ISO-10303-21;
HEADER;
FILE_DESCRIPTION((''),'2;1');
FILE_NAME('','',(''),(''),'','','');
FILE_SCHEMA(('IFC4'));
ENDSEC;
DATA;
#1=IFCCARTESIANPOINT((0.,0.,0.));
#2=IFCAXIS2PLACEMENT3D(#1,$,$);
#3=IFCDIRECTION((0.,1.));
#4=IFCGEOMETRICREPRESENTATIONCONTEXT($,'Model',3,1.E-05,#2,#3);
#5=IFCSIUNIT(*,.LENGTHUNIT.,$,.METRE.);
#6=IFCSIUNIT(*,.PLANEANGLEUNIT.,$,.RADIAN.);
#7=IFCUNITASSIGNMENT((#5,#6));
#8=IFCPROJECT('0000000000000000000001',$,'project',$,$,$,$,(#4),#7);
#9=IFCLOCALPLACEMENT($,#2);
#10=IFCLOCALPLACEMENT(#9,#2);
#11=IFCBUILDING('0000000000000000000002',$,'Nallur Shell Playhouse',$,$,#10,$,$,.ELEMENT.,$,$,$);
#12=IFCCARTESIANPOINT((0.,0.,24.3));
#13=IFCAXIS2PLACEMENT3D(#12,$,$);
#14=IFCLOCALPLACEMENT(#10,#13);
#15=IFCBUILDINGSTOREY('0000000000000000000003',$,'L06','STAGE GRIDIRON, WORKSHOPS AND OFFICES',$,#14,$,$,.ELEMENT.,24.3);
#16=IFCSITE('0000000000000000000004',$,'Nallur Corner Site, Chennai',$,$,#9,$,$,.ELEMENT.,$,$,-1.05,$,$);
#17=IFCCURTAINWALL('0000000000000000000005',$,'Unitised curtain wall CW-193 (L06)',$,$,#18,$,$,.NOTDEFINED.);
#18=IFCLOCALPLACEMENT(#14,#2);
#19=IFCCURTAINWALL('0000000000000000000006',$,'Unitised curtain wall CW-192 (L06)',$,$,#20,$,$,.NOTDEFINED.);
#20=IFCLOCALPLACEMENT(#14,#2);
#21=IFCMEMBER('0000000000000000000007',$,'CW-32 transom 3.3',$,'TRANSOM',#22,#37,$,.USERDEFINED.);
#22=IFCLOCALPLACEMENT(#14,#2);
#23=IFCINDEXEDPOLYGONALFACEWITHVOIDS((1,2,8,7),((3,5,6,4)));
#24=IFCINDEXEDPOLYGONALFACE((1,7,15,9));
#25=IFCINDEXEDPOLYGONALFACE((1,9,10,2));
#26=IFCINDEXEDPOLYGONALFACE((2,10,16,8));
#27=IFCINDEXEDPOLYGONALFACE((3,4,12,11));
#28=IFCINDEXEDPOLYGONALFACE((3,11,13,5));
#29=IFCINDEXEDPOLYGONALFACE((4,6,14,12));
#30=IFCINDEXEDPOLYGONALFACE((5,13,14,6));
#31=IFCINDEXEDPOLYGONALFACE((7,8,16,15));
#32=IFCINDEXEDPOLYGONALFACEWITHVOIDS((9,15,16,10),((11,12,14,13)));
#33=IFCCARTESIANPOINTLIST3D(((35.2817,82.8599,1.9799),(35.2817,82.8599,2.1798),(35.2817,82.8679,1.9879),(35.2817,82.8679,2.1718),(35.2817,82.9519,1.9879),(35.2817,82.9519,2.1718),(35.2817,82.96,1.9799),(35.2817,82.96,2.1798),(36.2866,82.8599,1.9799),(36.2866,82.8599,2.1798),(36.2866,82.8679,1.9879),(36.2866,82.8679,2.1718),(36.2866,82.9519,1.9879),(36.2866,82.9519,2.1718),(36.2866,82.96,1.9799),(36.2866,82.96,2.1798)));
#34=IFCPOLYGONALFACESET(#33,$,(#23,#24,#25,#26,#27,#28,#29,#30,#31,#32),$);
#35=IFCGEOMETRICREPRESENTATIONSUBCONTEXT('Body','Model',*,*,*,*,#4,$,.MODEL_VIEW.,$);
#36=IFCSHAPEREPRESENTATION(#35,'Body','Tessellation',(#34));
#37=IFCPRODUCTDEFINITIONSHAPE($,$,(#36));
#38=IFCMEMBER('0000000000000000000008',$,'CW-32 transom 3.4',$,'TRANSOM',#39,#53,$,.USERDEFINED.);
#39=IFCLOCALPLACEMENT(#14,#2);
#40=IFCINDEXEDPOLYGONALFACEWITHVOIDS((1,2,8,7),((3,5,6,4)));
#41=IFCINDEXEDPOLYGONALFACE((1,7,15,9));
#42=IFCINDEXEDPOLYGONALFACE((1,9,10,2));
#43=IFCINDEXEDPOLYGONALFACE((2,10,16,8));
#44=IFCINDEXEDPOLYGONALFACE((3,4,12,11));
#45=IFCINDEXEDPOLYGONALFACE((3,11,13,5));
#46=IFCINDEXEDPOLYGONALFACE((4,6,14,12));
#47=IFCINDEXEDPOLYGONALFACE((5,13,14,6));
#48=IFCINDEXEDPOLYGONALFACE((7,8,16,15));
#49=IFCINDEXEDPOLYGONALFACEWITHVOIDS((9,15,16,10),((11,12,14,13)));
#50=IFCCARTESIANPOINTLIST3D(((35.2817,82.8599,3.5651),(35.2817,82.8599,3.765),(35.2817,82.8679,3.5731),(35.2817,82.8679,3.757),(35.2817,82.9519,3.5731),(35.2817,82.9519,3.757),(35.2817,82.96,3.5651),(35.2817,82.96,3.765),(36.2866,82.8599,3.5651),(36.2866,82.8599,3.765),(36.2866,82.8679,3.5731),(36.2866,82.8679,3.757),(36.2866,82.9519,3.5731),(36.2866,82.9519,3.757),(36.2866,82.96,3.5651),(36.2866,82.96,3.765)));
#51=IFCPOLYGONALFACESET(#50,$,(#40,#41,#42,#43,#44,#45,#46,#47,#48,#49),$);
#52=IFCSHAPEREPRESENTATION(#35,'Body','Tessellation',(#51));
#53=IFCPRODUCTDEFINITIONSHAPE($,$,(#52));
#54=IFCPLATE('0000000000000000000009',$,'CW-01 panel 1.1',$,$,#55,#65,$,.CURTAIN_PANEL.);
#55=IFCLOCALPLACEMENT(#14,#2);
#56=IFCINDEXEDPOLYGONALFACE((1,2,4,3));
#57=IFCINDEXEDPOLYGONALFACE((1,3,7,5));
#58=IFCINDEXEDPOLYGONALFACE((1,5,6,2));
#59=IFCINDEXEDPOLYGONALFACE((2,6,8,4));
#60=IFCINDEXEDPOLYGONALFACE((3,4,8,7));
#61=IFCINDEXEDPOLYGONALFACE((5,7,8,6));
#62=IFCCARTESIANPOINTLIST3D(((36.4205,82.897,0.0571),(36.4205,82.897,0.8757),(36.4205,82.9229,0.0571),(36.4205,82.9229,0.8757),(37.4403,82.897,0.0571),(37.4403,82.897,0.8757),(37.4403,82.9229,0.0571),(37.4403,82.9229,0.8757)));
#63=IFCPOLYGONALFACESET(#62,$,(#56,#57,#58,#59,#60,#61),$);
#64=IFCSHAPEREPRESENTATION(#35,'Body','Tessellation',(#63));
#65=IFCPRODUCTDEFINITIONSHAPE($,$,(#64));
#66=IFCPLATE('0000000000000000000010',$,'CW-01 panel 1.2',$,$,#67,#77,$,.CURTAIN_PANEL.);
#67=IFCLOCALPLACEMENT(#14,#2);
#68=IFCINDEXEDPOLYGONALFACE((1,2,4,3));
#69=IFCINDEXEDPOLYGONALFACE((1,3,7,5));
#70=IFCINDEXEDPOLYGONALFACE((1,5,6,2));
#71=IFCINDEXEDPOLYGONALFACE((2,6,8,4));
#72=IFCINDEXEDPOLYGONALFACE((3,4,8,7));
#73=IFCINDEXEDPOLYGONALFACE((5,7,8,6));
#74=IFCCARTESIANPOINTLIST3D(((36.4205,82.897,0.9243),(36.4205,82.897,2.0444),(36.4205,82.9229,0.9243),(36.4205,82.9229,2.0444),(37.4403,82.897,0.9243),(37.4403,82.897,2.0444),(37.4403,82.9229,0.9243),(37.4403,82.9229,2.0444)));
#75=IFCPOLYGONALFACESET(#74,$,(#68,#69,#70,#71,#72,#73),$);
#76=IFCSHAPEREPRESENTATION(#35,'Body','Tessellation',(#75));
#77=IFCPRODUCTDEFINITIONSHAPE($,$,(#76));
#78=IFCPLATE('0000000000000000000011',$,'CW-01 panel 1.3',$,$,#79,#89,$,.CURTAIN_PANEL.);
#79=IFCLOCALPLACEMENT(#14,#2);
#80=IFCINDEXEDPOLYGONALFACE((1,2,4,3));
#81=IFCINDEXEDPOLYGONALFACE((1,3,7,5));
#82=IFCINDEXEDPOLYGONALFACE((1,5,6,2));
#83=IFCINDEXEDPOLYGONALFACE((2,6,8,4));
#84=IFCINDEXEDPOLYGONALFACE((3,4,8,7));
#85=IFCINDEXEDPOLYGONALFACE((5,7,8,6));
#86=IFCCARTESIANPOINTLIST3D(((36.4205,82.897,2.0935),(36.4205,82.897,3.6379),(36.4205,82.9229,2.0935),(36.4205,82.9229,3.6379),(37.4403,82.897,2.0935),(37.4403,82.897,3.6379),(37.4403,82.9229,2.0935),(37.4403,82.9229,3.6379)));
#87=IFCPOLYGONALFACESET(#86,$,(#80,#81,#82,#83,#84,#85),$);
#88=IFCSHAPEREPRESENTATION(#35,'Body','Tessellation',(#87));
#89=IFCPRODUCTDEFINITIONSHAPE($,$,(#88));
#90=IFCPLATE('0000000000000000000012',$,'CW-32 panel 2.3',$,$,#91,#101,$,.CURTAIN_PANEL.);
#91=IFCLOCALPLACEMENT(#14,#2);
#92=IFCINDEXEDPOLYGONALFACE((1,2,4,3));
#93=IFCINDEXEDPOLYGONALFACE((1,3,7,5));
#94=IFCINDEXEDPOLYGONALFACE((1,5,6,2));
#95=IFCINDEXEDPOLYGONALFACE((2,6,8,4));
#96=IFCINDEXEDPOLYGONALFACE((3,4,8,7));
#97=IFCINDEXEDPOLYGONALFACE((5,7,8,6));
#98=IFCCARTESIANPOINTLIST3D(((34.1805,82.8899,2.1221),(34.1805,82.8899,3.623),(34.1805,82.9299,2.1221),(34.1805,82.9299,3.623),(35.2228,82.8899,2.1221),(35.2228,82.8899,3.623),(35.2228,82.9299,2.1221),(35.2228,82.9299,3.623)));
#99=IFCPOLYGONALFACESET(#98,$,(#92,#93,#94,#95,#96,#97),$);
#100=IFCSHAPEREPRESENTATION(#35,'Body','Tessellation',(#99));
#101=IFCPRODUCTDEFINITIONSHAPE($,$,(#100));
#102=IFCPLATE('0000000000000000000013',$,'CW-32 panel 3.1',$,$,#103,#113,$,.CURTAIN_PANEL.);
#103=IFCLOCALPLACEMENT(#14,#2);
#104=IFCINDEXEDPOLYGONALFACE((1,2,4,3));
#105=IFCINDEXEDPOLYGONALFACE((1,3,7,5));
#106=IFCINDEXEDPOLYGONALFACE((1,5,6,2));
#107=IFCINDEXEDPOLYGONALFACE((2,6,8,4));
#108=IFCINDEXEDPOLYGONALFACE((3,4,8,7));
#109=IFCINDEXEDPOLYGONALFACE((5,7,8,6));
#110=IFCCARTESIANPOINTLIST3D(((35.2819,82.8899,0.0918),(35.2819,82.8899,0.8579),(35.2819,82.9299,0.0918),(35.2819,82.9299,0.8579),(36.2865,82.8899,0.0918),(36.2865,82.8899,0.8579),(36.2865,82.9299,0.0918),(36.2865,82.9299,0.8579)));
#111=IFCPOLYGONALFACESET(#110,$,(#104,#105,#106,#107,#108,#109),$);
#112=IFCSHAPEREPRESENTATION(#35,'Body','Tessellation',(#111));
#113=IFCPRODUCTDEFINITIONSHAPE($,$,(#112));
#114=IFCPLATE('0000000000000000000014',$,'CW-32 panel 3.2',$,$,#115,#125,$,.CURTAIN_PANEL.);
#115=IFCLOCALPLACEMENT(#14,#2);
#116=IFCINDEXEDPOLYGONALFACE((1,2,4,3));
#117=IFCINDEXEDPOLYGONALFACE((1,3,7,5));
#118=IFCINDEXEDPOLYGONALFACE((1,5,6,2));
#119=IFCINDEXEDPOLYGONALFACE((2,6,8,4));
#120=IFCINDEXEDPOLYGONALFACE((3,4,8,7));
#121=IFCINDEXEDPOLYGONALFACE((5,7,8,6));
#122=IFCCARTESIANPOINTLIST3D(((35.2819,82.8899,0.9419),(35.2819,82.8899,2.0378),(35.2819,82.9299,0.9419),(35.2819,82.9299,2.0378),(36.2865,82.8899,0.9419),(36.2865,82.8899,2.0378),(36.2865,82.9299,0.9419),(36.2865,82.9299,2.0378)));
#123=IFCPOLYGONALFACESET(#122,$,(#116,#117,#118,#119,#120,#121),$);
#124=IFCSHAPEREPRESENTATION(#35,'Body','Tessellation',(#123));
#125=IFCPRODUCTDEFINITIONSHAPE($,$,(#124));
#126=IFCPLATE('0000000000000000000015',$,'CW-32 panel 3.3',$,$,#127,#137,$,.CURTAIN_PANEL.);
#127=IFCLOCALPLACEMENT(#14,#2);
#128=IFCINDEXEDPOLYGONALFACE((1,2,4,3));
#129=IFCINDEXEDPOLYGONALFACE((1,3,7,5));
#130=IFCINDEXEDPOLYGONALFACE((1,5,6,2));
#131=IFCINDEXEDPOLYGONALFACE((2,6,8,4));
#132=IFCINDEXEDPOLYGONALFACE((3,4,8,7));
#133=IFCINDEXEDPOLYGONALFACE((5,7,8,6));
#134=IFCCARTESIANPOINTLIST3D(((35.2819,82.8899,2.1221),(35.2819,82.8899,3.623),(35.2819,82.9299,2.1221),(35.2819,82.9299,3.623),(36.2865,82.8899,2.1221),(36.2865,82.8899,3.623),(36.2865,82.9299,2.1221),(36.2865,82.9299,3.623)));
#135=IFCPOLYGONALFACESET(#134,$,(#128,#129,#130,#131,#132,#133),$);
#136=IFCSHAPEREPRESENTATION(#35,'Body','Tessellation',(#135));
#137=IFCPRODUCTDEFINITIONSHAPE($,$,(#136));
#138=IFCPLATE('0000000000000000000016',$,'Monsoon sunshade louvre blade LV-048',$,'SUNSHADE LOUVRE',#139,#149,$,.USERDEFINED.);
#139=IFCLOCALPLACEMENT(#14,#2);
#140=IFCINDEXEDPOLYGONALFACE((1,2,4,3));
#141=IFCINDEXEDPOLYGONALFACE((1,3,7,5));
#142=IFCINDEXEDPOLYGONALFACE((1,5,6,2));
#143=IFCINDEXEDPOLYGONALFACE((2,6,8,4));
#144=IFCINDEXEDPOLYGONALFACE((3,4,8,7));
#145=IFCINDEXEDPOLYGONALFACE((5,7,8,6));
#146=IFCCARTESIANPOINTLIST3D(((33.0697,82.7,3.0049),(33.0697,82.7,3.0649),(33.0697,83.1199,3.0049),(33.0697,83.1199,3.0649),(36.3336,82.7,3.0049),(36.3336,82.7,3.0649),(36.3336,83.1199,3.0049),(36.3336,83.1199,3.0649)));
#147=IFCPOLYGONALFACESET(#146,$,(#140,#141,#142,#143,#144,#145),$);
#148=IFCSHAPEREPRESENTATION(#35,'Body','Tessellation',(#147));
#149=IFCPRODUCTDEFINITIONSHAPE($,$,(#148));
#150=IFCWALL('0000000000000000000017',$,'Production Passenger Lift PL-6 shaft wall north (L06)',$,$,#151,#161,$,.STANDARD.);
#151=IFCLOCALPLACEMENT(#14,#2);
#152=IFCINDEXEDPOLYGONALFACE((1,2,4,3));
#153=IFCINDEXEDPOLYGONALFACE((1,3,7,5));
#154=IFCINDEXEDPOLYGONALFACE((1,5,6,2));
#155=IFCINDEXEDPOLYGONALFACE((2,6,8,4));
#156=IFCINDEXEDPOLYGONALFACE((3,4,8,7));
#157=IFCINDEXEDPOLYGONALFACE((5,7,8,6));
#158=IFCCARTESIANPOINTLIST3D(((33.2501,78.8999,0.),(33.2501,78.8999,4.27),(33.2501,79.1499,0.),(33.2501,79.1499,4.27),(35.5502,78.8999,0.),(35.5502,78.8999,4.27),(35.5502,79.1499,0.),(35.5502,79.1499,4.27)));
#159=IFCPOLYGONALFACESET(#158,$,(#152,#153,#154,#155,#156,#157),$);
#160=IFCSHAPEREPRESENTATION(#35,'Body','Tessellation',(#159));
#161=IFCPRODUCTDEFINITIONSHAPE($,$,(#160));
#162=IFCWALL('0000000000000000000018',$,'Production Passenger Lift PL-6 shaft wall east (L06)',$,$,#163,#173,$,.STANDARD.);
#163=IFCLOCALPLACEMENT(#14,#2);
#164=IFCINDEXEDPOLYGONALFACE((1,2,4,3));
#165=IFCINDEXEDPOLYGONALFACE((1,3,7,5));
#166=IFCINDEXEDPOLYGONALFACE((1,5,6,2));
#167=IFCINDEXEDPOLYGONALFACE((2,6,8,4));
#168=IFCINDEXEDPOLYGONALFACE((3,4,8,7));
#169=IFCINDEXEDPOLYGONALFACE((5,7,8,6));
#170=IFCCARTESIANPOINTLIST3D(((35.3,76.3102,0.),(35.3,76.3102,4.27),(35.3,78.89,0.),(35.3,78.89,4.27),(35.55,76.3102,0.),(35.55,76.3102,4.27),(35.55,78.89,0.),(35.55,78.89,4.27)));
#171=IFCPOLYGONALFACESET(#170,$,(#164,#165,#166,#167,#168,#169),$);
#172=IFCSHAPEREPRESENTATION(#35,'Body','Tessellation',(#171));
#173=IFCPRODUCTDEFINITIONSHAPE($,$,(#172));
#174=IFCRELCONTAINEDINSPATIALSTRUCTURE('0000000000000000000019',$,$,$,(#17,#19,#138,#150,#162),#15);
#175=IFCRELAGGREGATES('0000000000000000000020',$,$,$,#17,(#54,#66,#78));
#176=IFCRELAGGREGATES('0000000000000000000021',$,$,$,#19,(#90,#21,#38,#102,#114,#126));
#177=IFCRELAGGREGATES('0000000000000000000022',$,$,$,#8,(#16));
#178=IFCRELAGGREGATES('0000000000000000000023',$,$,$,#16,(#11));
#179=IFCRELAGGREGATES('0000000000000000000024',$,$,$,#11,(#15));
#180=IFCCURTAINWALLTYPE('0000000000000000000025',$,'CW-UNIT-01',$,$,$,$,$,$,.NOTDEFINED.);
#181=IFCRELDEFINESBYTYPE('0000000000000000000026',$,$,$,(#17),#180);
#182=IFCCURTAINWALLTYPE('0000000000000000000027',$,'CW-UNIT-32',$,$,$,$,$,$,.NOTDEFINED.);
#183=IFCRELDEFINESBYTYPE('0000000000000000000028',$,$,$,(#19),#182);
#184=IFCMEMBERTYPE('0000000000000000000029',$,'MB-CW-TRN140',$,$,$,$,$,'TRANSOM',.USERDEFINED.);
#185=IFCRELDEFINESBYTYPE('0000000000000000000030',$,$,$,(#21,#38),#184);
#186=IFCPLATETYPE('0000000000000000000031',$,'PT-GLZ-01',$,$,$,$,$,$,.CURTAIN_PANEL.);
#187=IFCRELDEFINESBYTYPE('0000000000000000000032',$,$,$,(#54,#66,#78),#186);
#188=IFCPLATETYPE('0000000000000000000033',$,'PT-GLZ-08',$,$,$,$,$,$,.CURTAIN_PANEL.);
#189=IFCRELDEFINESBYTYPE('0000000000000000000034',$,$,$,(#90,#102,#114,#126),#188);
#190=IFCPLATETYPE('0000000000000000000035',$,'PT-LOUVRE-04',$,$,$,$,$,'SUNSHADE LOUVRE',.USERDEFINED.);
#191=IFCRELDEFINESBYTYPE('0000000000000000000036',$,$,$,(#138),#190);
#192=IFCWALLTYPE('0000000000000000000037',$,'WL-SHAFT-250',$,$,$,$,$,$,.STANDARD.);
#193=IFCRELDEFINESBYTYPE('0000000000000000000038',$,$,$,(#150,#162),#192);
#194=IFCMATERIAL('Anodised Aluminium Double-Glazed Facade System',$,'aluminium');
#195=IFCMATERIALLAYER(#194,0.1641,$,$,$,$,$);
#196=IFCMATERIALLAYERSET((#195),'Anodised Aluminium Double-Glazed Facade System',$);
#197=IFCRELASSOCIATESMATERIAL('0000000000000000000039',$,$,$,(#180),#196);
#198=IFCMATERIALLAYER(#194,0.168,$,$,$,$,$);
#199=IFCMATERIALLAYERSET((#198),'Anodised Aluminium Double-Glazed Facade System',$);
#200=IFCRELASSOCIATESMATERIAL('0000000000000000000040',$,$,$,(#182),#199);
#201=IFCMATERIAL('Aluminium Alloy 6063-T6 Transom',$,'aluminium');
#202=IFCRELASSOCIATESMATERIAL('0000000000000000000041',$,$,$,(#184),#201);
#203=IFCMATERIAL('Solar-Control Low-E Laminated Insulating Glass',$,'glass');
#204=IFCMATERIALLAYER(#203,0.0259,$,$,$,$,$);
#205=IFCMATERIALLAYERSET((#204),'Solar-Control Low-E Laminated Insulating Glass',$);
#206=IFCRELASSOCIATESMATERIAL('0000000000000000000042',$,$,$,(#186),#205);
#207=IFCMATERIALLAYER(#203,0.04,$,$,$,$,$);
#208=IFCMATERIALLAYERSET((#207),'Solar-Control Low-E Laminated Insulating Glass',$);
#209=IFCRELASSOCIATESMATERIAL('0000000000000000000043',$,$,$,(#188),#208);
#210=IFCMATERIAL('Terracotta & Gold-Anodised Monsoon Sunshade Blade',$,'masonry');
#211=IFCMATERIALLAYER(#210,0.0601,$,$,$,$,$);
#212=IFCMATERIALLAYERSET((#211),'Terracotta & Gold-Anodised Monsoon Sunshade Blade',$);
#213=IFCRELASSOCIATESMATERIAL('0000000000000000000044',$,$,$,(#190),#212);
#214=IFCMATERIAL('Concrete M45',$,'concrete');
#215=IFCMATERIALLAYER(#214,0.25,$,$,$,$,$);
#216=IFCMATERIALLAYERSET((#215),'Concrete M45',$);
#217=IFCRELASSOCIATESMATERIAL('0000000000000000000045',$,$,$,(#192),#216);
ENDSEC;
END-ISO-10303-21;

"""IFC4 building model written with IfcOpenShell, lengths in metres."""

from ifc_helpers import new_model, si_unit, direction, frame, frame_2d, origin, origin_2d, place, context, subcontext, project, spatial, rectangle, hollow_rectangle, extrude, material, layer, layer_set, material_profile, profile_set, type_object, element, aggregate, save


model = new_model("IFC4")

# Units and contexts
model_context = context("Model", 3, precision=1e-05, world=origin(), true_north=direction((0.0, 1.0)))
body_context = subcontext(model_context, "Body", "Model", "MODEL_VIEW")
ifc_project = project(units=[si_unit("LENGTHUNIT", "METRE"), si_unit("PLANEANGLEUNIT", "RADIAN")], contexts=[model_context])

# Site, building, storey
site_placement = place(None, origin())
site = spatial("IfcSite", under=ifc_project, at=site_placement, Name="Nallur Corner Site, Chennai", CompositionType="ELEMENT", RefElevation=-1.05)
building_placement = place(site_placement, origin())
building = spatial("IfcBuilding", under=site, at=building_placement, Name="Nallur Shell Playhouse", CompositionType="ELEMENT")
storey_placement = place(building_placement, frame((0.0, 0.0, 24.3)))
storey = spatial("IfcBuildingStorey", under=building, at=storey_placement, Name="L06", Description="STAGE GRIDIRON, WORKSHOPS AND OFFICES", CompositionType="ELEMENT", Elevation=24.3)

# Curtain walls
ifc_material_1 = material(Name="Anodised Aluminium Double-Glazed Facade System", Category="aluminium")
ifc_layer_1 = layer(ifc_material_1, 0.1641)
ifc_layer_set_1 = layer_set([ifc_layer_1], Name="Anodised Aluminium Double-Glazed Facade System")
curtain_wall_type_1 = type_object("IfcCurtainWallType", Name="CW-UNIT-01", PredefinedType="NOTDEFINED", material=ifc_layer_set_1)
curtain_wall_1_placement = place(storey_placement, origin())
curtain_wall_1 = element("IfcCurtainWall", 1, at=curtain_wall_1_placement, inside=storey, type_object=curtain_wall_type_1, Name="Unitised curtain wall CW-193 (L06)", PredefinedType="NOTDEFINED")
ifc_layer_2 = layer(ifc_material_1, 0.168)
ifc_layer_set_2 = layer_set([ifc_layer_2], Name="Anodised Aluminium Double-Glazed Facade System")
curtain_wall_type_2 = type_object("IfcCurtainWallType", Name="CW-UNIT-32", PredefinedType="NOTDEFINED", material=ifc_layer_set_2)
curtain_wall_2_placement = place(storey_placement, origin())
curtain_wall_2 = element("IfcCurtainWall", 2, at=curtain_wall_2_placement, inside=storey, type_object=curtain_wall_type_2, Name="Unitised curtain wall CW-192 (L06)", PredefinedType="NOTDEFINED")

# Members
ifc_material_2 = material(Name="Aluminium Alloy 6063-T6 Transom", Category="aluminium")
ifc_material_profile_1 = material_profile(ifc_material_2, hollow_rectangle(XDim=0.1001, YDim=0.2, WallThickness=0.0081, at=origin_2d()), Name="RHS 200x100x8")
ifc_profile_set_1 = profile_set([ifc_material_profile_1], Name="Aluminium Alloy 6063-T6 Transom")
member_type_1 = type_object("IfcMemberType", Name="MB-CW-TRN140", ElementType="TRANSOM", PredefinedType="USERDEFINED", material=ifc_profile_set_1)
member_1_placement = place(storey_placement, frame((35.2817, 82.9099, 2.0798), z_axis=(1.0, 0.0, 0.0), x_axis=(0.0, 1.0, 0.0)))
member_1 = element("IfcMember", 3, at=member_1_placement, type_object=member_type_1, Name="CW-32 transom 3.3", ObjectType="TRANSOM", PredefinedType="USERDEFINED", context=body_context, shape_type="SweptSolid", body=[
    extrude(hollow_rectangle(XDim=0.1001, YDim=0.2, WallThickness=0.0081, at=origin_2d()), origin(), (0.0, 0.0, 1.0), 1.0049),
])
member_2_placement = place(storey_placement, frame((35.2817, 82.9099, 3.665), z_axis=(1.0, 0.0, 0.0), x_axis=(0.0, 1.0, 0.0)))
member_2 = element("IfcMember", 4, at=member_2_placement, type_object=member_type_1, Name="CW-32 transom 3.4", ObjectType="TRANSOM", PredefinedType="USERDEFINED", context=body_context, shape_type="SweptSolid", body=[
    extrude(hollow_rectangle(XDim=0.1001, YDim=0.2, WallThickness=0.0081, at=origin_2d()), origin(), (0.0, 0.0, 1.0), 1.0049),
])

# Plates
ifc_material_3 = material(Name="Solar-Control Low-E Laminated Insulating Glass", Category="glass")
ifc_layer_3 = layer(ifc_material_3, 0.0259)
ifc_layer_set_3 = layer_set([ifc_layer_3], Name="Solar-Control Low-E Laminated Insulating Glass")
plate_type_1 = type_object("IfcPlateType", Name="PT-GLZ-01", PredefinedType="CURTAIN_PANEL", material=ifc_layer_set_3)
plate_1_placement = place(storey_placement, frame((36.9304, 82.9099, 0.0571), z_axis=(0.0, 0.0, 1.0), x_axis=(1.0, 0.0, 0.0)))
plate_1 = element("IfcPlate", 5, at=plate_1_placement, type_object=plate_type_1, Name="CW-01 panel 1.1", PredefinedType="CURTAIN_PANEL", context=body_context, shape_type="SweptSolid", body=[
    extrude(rectangle(XDim=1.0198, YDim=0.0259, at=origin_2d()), origin(), (0.0, 0.0, 1.0), 0.8186),
])
plate_2_placement = place(storey_placement, frame((36.9304, 82.9099, 0.9243), z_axis=(0.0, 0.0, 1.0), x_axis=(1.0, 0.0, 0.0)))
plate_2 = element("IfcPlate", 6, at=plate_2_placement, type_object=plate_type_1, Name="CW-01 panel 1.2", PredefinedType="CURTAIN_PANEL", context=body_context, shape_type="SweptSolid", body=[
    extrude(rectangle(XDim=1.0198, YDim=0.0259, at=origin_2d()), origin(), (0.0, 0.0, 1.0), 1.1201),
])
plate_3_placement = place(storey_placement, frame((36.9304, 82.9099, 2.0935), z_axis=(0.0, 0.0, 1.0), x_axis=(1.0, 0.0, 0.0)))
plate_3 = element("IfcPlate", 7, at=plate_3_placement, type_object=plate_type_1, Name="CW-01 panel 1.3", PredefinedType="CURTAIN_PANEL", context=body_context, shape_type="SweptSolid", body=[
    extrude(rectangle(XDim=1.0198, YDim=0.0259, at=origin_2d()), origin(), (0.0, 0.0, 1.0), 1.5444),
])
aggregate(curtain_wall_1, [plate_1, plate_2, plate_3])
ifc_layer_4 = layer(ifc_material_3, 0.04)
ifc_layer_set_4 = layer_set([ifc_layer_4], Name="Solar-Control Low-E Laminated Insulating Glass")
plate_type_2 = type_object("IfcPlateType", Name="PT-GLZ-08", PredefinedType="CURTAIN_PANEL", material=ifc_layer_set_4)
plate_4_placement = place(storey_placement, frame((34.7017, 82.9099, 2.1221), z_axis=(0.0, 0.0, 1.0), x_axis=(1.0, 0.0, 0.0)))
plate_4 = element("IfcPlate", 8, at=plate_4_placement, type_object=plate_type_2, Name="CW-32 panel 2.3", PredefinedType="CURTAIN_PANEL", context=body_context, shape_type="SweptSolid", body=[
    extrude(rectangle(XDim=1.0422, YDim=0.04, at=origin_2d()), origin(), (0.0, 0.0, 1.0), 1.501),
])
plate_5_placement = place(storey_placement, frame((35.7842, 82.9099, 0.0918), z_axis=(0.0, 0.0, 1.0), x_axis=(1.0, 0.0, 0.0)))
plate_5 = element("IfcPlate", 9, at=plate_5_placement, type_object=plate_type_2, Name="CW-32 panel 3.1", PredefinedType="CURTAIN_PANEL", context=body_context, shape_type="SweptSolid", body=[
    extrude(rectangle(XDim=1.0046, YDim=0.04, at=origin_2d()), origin(), (0.0, 0.0, 1.0), 0.7661),
])
plate_6_placement = place(storey_placement, frame((35.7842, 82.9099, 0.9419), z_axis=(0.0, 0.0, 1.0), x_axis=(1.0, 0.0, 0.0)))
plate_6 = element("IfcPlate", 10, at=plate_6_placement, type_object=plate_type_2, Name="CW-32 panel 3.2", PredefinedType="CURTAIN_PANEL", context=body_context, shape_type="SweptSolid", body=[
    extrude(rectangle(XDim=1.0046, YDim=0.04, at=origin_2d()), origin(), (0.0, 0.0, 1.0), 1.0959),
])
plate_7_placement = place(storey_placement, frame((35.7842, 82.9099, 2.1221), z_axis=(0.0, 0.0, 1.0), x_axis=(1.0, 0.0, 0.0)))
plate_7 = element("IfcPlate", 11, at=plate_7_placement, type_object=plate_type_2, Name="CW-32 panel 3.3", PredefinedType="CURTAIN_PANEL", context=body_context, shape_type="SweptSolid", body=[
    extrude(rectangle(XDim=1.0046, YDim=0.04, at=origin_2d()), origin(), (0.0, 0.0, 1.0), 1.501),
])
aggregate(curtain_wall_2, [plate_4, member_1, member_2, plate_5, plate_6, plate_7])
ifc_material_4 = material(Name="Terracotta & Gold-Anodised Monsoon Sunshade Blade", Category="masonry")
ifc_layer_5 = layer(ifc_material_4, 0.0601)
ifc_layer_set_5 = layer_set([ifc_layer_5], Name="Terracotta & Gold-Anodised Monsoon Sunshade Blade")
plate_type_3 = type_object("IfcPlateType", Name="PT-LOUVRE-04", ElementType="SUNSHADE LOUVRE", PredefinedType="USERDEFINED", material=ifc_layer_set_5)
plate_8_placement = place(storey_placement, frame((34.7017, 82.9099, 3.0049), z_axis=(0.0, 0.0, 1.0), x_axis=(1.0, 0.0, 0.0)))
element("IfcPlate", 12, at=plate_8_placement, inside=storey, type_object=plate_type_3, Name="Monsoon sunshade louvre blade LV-048", ObjectType="SUNSHADE LOUVRE", PredefinedType="USERDEFINED", context=body_context, shape_type="SweptSolid", body=[
    extrude(rectangle(XDim=3.2639, YDim=0.4199, at=origin_2d()), origin(), (0.0, 0.0, 1.0), 0.0601),
])

# Walls
ifc_material_5 = material(Name="Concrete M45", Category="concrete")
ifc_layer_6 = layer(ifc_material_5, 0.25)
ifc_layer_set_6 = layer_set([ifc_layer_6], Name="Concrete M45")
wall_type = type_object("IfcWallType", Name="WL-SHAFT-250", PredefinedType="STANDARD", material=ifc_layer_set_6)
wall_1_placement = place(storey_placement, frame((35.55, 79.0249, 0.0), z_axis=(0.0, 0.0, 1.0), x_axis=(-1.0, 0.0, 0.0)))
element("IfcWall", 13, at=wall_1_placement, inside=storey, type_object=wall_type, Name="Production Passenger Lift PL-6 shaft wall north (L06)", PredefinedType="STANDARD", context=body_context, shape_type="SweptSolid", body=[
    extrude(rectangle(XDim=2.3, YDim=0.25, at=frame_2d((1.1499, 0.0))), origin(), (0.0, 0.0, 1.0), 4.27),
])
wall_2_placement = place(storey_placement, frame((35.425, 76.3101, 0.0), z_axis=(0.0, 0.0, 1.0), x_axis=(0.0, 1.0, 0.0)))
element("IfcWall", 14, at=wall_2_placement, inside=storey, type_object=wall_type, Name="Production Passenger Lift PL-6 shaft wall east (L06)", PredefinedType="STANDARD", context=body_context, shape_type="SweptSolid", body=[
    extrude(rectangle(XDim=2.5798, YDim=0.25, at=frame_2d((1.29, 0.0))), origin(), (0.0, 0.0, 1.0), 4.27),
])

save(model, "model.ifc")
